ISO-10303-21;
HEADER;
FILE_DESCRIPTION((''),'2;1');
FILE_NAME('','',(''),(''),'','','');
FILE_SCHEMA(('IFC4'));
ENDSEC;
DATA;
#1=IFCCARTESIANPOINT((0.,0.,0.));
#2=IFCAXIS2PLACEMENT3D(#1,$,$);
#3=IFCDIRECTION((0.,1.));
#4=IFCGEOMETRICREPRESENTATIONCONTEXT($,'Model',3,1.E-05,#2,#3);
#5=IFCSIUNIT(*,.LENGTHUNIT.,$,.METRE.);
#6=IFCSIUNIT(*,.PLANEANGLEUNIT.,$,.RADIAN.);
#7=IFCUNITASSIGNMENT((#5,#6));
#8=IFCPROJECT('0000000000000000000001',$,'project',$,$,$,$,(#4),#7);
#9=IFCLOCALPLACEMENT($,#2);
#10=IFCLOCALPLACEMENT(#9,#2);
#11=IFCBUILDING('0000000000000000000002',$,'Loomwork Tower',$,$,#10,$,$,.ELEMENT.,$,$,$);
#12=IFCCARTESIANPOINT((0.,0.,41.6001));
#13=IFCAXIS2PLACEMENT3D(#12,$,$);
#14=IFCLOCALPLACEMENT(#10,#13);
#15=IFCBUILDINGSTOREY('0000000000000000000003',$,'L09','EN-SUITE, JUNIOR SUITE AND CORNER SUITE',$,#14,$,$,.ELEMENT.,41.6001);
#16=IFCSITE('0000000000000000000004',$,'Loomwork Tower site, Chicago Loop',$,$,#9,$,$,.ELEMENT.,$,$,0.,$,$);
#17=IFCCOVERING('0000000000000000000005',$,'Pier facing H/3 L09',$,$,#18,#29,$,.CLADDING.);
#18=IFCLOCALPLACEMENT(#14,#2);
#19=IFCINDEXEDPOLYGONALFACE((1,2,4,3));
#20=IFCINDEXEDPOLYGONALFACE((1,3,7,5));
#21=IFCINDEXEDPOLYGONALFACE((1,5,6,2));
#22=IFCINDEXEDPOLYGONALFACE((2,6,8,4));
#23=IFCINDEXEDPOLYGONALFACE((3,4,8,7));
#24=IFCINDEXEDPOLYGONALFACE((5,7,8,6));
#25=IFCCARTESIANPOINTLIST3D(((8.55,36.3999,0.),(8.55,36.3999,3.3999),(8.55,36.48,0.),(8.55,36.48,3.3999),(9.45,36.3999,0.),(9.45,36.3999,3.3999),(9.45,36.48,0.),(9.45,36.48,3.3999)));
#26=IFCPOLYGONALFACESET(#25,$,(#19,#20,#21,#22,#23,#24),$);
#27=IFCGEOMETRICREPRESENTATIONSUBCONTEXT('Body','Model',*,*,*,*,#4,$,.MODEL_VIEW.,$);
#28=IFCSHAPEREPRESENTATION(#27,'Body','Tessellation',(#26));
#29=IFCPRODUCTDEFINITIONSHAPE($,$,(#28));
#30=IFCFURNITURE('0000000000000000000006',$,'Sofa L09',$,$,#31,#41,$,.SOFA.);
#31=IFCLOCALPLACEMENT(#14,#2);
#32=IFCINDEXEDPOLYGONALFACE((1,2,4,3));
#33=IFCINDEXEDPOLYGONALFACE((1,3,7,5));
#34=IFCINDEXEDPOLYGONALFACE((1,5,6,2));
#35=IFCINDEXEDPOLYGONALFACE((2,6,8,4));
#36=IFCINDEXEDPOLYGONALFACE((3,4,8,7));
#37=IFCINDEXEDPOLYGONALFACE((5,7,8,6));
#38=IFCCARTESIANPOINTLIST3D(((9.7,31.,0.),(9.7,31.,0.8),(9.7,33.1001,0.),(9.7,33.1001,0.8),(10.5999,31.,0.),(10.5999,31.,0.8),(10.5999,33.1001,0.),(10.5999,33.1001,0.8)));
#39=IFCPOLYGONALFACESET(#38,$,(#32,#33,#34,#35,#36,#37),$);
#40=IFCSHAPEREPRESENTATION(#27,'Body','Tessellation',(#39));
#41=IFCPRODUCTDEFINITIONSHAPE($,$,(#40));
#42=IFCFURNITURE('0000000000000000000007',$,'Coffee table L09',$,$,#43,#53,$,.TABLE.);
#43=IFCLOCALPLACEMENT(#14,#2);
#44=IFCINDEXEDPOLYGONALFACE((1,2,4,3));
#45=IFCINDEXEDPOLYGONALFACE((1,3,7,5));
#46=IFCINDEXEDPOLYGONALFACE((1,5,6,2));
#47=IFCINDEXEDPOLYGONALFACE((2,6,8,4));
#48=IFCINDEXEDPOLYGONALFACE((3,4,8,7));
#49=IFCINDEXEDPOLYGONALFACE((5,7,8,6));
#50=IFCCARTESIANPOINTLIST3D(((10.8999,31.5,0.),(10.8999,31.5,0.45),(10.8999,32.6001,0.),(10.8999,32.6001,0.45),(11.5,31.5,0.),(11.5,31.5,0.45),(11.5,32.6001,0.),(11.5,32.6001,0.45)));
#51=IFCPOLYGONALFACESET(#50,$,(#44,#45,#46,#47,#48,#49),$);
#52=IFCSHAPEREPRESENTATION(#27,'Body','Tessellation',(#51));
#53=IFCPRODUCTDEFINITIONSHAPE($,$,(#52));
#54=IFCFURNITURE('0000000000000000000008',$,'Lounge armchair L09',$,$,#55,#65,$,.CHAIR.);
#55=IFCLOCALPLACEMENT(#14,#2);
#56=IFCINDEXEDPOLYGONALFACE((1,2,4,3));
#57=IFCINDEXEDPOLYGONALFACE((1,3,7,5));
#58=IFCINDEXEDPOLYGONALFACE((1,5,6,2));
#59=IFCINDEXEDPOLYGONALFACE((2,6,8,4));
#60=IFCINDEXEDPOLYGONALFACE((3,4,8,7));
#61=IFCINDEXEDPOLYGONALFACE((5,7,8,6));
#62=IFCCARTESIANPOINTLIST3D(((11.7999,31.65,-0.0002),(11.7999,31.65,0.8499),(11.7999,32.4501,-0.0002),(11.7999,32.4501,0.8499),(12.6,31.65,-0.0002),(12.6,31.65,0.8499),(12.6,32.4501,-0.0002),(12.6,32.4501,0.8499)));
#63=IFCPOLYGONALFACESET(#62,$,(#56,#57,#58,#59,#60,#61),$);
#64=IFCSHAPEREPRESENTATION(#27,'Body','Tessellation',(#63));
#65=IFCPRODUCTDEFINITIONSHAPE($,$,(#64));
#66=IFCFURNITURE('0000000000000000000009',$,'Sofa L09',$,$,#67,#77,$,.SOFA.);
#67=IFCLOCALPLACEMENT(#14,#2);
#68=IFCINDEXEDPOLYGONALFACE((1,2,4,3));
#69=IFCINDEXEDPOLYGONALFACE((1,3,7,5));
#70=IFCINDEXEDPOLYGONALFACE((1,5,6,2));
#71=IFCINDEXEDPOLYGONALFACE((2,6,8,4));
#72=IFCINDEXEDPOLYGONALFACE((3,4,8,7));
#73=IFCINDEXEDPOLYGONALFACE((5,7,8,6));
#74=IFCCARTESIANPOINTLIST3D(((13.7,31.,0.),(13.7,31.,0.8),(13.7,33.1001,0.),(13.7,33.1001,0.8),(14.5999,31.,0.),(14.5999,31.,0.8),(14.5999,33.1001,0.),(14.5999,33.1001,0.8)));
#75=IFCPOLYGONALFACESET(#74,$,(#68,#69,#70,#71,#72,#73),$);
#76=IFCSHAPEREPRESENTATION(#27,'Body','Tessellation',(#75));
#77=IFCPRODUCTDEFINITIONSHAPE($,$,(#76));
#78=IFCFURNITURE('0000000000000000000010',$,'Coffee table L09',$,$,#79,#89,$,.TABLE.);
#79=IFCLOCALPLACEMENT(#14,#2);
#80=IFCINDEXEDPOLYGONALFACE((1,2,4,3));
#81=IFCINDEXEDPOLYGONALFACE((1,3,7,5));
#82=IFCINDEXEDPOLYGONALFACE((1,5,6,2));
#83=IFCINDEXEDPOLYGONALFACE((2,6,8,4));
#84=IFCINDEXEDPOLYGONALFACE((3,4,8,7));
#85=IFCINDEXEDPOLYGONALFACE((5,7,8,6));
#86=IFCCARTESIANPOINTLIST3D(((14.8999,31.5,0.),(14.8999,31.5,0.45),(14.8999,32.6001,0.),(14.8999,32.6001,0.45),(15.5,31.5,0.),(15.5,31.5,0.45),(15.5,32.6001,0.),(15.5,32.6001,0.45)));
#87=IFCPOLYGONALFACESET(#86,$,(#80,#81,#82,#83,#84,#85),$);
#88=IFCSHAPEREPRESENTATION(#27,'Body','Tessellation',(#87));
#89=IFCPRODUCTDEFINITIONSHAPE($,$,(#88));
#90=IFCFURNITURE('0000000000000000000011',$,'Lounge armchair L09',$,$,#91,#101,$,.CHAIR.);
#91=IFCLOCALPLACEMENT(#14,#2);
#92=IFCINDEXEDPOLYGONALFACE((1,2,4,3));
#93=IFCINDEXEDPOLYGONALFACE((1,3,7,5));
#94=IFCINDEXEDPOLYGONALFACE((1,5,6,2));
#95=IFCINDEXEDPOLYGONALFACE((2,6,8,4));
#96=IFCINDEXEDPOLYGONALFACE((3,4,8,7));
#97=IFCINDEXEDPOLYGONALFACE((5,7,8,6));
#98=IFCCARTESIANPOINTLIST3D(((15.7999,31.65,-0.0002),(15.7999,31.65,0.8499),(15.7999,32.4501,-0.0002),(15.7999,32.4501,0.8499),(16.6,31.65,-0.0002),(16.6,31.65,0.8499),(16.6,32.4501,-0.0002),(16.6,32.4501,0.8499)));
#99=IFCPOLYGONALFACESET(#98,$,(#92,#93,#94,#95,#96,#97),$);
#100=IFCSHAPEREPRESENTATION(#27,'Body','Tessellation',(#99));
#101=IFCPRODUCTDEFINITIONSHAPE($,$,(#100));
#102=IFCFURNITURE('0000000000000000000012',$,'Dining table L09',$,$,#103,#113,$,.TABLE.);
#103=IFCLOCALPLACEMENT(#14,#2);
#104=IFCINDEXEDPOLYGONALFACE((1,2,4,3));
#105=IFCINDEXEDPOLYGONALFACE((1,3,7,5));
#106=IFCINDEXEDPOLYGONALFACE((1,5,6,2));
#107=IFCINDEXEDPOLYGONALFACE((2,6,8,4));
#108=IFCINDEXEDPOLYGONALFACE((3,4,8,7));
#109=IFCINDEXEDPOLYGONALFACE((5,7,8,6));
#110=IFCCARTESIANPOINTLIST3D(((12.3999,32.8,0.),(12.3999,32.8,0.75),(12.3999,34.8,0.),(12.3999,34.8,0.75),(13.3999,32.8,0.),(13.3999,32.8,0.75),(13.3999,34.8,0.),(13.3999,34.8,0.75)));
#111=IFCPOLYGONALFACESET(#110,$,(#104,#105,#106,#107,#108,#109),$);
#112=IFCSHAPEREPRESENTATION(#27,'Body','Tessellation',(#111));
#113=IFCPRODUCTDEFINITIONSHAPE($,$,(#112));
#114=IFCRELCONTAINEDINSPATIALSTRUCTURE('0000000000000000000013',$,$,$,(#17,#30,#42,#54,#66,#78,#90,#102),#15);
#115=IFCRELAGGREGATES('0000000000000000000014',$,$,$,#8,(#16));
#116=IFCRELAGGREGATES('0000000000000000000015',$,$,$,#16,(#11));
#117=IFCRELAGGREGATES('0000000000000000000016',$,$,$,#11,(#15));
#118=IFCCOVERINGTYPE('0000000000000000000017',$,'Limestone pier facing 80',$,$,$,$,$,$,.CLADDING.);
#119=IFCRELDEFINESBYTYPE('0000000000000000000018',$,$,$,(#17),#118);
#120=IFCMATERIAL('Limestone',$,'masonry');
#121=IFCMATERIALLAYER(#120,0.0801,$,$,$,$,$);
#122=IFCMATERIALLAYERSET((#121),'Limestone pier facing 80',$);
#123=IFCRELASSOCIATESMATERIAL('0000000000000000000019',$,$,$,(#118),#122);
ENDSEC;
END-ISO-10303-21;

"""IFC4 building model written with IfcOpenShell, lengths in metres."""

from ifc_helpers import new_model, si_unit, direction, frame, origin, origin_2d, place, context, subcontext, project, spatial, rectangle, extrude, material, layer, layer_set, type_object, element, save


model = new_model("IFC4")

# Units and contexts
model_context = context("Model", 3, precision=1e-05, world=origin(), true_north=direction((0.0, 1.0)))
body_context = subcontext(model_context, "Body", "Model", "MODEL_VIEW")
ifc_project = project(units=[si_unit("LENGTHUNIT", "METRE"), si_unit("PLANEANGLEUNIT", "RADIAN")], contexts=[model_context])

# Site, building, storey
site_placement = place(None, origin())
site = spatial("IfcSite", under=ifc_project, at=site_placement, Name="Loomwork Tower site, Chicago Loop", CompositionType="ELEMENT", RefElevation=0.0)
building_placement = place(site_placement, origin())
building = spatial("IfcBuilding", under=site, at=building_placement, Name="Loomwork Tower", CompositionType="ELEMENT")
storey_placement = place(building_placement, frame((0.0, 0.0, 41.6001)))
storey = spatial("IfcBuildingStorey", under=building, at=storey_placement, Name="L09", Description="EN-SUITE, JUNIOR SUITE AND CORNER SUITE", CompositionType="ELEMENT", Elevation=41.6001)

# Covering
ifc_material_1 = material(Name="Limestone", Category="masonry")
ifc_layer_1 = layer(ifc_material_1, 0.0801)
ifc_layer_set_1 = layer_set([ifc_layer_1], Name="Limestone pier facing 80")
covering_type = type_object("IfcCoveringType", Name="Limestone pier facing 80", PredefinedType="CLADDING", material=ifc_layer_set_1)
covering_placement = place(storey_placement, frame((9.0, 36.4399, 0.0), z_axis=(0.0, 0.0, 1.0), x_axis=(1.0, 0.0, 0.0)))
element("IfcCovering", 1, at=covering_placement, inside=storey, type_object=covering_type, Name="Pier facing H/3 L09", PredefinedType="CLADDING", context=body_context, shape_type="SweptSolid", body=[
    extrude(rectangle(XDim=0.8999, YDim=0.0801, at=origin_2d()), origin(), (0.0, 0.0, 1.0), 3.3999),
])

# Furniture
furniture_1_placement = place(storey_placement, frame((10.1499, 32.05, 0.0), z_axis=(0.0, 0.0, 1.0), x_axis=(1.0, 0.0, 0.0)))
element("IfcFurniture", 2, at=furniture_1_placement, inside=storey, Name="Sofa L09", PredefinedType="SOFA", context=body_context, shape_type="SweptSolid", body=[
    extrude(rectangle(XDim=0.8999, YDim=2.1001, at=origin_2d()), origin(), (0.0, 0.0, 1.0), 0.8),
])
furniture_2_placement = place(storey_placement, frame((11.2, 32.05, 0.0), z_axis=(0.0, 0.0, 1.0), x_axis=(1.0, 0.0, 0.0)))
element("IfcFurniture", 3, at=furniture_2_placement, inside=storey, Name="Coffee table L09", PredefinedType="TABLE", context=body_context, shape_type="SweptSolid", body=[
    extrude(rectangle(XDim=0.6001, YDim=1.1001, at=origin_2d()), origin(), (0.0, 0.0, 1.0), 0.45),
])
furniture_3_placement = place(storey_placement, frame((12.2, 32.05, -0.0002), z_axis=(0.0, 0.0, 1.0), x_axis=(1.0, 0.0, 0.0)))
element("IfcFurniture", 4, at=furniture_3_placement, inside=storey, Name="Lounge armchair L09", PredefinedType="CHAIR", context=body_context, shape_type="SweptSolid", body=[
    extrude(rectangle(XDim=0.8, YDim=0.8, at=origin_2d()), origin(), (0.0, 0.0, 1.0), 0.8501),
])
furniture_4_placement = place(storey_placement, frame((14.1499, 32.05, 0.0), z_axis=(0.0, 0.0, 1.0), x_axis=(1.0, 0.0, 0.0)))
element("IfcFurniture", 5, at=furniture_4_placement, inside=storey, Name="Sofa L09", PredefinedType="SOFA", context=body_context, shape_type="SweptSolid", body=[
    extrude(rectangle(XDim=0.8999, YDim=2.1001, at=origin_2d()), origin(), (0.0, 0.0, 1.0), 0.8),
])
furniture_5_placement = place(storey_placement, frame((15.2, 32.05, 0.0), z_axis=(0.0, 0.0, 1.0), x_axis=(1.0, 0.0, 0.0)))
element("IfcFurniture", 6, at=furniture_5_placement, inside=storey, Name="Coffee table L09", PredefinedType="TABLE", context=body_context, shape_type="SweptSolid", body=[
    extrude(rectangle(XDim=0.6001, YDim=1.1001, at=origin_2d()), origin(), (0.0, 0.0, 1.0), 0.45),
])
furniture_6_placement = place(storey_placement, frame((16.2, 32.05, -0.0002), z_axis=(0.0, 0.0, 1.0), x_axis=(1.0, 0.0, 0.0)))
element("IfcFurniture", 7, at=furniture_6_placement, inside=storey, Name="Lounge armchair L09", PredefinedType="CHAIR", context=body_context, shape_type="SweptSolid", body=[
    extrude(rectangle(XDim=0.8, YDim=0.8, at=origin_2d()), origin(), (0.0, 0.0, 1.0), 0.8501),
])
furniture_7_placement = place(storey_placement, frame((12.8999, 33.8, 0.0), z_axis=(0.0, 0.0, 1.0), x_axis=(1.0, 0.0, 0.0)))
element("IfcFurniture", 8, at=furniture_7_placement, inside=storey, Name="Dining table L09", PredefinedType="TABLE", context=body_context, shape_type="SweptSolid", body=[
    extrude(rectangle(XDim=1.0, YDim=2.0, at=origin_2d()), origin(), (0.0, 0.0, 1.0), 0.75),
])

save(model, "model.ifc")
